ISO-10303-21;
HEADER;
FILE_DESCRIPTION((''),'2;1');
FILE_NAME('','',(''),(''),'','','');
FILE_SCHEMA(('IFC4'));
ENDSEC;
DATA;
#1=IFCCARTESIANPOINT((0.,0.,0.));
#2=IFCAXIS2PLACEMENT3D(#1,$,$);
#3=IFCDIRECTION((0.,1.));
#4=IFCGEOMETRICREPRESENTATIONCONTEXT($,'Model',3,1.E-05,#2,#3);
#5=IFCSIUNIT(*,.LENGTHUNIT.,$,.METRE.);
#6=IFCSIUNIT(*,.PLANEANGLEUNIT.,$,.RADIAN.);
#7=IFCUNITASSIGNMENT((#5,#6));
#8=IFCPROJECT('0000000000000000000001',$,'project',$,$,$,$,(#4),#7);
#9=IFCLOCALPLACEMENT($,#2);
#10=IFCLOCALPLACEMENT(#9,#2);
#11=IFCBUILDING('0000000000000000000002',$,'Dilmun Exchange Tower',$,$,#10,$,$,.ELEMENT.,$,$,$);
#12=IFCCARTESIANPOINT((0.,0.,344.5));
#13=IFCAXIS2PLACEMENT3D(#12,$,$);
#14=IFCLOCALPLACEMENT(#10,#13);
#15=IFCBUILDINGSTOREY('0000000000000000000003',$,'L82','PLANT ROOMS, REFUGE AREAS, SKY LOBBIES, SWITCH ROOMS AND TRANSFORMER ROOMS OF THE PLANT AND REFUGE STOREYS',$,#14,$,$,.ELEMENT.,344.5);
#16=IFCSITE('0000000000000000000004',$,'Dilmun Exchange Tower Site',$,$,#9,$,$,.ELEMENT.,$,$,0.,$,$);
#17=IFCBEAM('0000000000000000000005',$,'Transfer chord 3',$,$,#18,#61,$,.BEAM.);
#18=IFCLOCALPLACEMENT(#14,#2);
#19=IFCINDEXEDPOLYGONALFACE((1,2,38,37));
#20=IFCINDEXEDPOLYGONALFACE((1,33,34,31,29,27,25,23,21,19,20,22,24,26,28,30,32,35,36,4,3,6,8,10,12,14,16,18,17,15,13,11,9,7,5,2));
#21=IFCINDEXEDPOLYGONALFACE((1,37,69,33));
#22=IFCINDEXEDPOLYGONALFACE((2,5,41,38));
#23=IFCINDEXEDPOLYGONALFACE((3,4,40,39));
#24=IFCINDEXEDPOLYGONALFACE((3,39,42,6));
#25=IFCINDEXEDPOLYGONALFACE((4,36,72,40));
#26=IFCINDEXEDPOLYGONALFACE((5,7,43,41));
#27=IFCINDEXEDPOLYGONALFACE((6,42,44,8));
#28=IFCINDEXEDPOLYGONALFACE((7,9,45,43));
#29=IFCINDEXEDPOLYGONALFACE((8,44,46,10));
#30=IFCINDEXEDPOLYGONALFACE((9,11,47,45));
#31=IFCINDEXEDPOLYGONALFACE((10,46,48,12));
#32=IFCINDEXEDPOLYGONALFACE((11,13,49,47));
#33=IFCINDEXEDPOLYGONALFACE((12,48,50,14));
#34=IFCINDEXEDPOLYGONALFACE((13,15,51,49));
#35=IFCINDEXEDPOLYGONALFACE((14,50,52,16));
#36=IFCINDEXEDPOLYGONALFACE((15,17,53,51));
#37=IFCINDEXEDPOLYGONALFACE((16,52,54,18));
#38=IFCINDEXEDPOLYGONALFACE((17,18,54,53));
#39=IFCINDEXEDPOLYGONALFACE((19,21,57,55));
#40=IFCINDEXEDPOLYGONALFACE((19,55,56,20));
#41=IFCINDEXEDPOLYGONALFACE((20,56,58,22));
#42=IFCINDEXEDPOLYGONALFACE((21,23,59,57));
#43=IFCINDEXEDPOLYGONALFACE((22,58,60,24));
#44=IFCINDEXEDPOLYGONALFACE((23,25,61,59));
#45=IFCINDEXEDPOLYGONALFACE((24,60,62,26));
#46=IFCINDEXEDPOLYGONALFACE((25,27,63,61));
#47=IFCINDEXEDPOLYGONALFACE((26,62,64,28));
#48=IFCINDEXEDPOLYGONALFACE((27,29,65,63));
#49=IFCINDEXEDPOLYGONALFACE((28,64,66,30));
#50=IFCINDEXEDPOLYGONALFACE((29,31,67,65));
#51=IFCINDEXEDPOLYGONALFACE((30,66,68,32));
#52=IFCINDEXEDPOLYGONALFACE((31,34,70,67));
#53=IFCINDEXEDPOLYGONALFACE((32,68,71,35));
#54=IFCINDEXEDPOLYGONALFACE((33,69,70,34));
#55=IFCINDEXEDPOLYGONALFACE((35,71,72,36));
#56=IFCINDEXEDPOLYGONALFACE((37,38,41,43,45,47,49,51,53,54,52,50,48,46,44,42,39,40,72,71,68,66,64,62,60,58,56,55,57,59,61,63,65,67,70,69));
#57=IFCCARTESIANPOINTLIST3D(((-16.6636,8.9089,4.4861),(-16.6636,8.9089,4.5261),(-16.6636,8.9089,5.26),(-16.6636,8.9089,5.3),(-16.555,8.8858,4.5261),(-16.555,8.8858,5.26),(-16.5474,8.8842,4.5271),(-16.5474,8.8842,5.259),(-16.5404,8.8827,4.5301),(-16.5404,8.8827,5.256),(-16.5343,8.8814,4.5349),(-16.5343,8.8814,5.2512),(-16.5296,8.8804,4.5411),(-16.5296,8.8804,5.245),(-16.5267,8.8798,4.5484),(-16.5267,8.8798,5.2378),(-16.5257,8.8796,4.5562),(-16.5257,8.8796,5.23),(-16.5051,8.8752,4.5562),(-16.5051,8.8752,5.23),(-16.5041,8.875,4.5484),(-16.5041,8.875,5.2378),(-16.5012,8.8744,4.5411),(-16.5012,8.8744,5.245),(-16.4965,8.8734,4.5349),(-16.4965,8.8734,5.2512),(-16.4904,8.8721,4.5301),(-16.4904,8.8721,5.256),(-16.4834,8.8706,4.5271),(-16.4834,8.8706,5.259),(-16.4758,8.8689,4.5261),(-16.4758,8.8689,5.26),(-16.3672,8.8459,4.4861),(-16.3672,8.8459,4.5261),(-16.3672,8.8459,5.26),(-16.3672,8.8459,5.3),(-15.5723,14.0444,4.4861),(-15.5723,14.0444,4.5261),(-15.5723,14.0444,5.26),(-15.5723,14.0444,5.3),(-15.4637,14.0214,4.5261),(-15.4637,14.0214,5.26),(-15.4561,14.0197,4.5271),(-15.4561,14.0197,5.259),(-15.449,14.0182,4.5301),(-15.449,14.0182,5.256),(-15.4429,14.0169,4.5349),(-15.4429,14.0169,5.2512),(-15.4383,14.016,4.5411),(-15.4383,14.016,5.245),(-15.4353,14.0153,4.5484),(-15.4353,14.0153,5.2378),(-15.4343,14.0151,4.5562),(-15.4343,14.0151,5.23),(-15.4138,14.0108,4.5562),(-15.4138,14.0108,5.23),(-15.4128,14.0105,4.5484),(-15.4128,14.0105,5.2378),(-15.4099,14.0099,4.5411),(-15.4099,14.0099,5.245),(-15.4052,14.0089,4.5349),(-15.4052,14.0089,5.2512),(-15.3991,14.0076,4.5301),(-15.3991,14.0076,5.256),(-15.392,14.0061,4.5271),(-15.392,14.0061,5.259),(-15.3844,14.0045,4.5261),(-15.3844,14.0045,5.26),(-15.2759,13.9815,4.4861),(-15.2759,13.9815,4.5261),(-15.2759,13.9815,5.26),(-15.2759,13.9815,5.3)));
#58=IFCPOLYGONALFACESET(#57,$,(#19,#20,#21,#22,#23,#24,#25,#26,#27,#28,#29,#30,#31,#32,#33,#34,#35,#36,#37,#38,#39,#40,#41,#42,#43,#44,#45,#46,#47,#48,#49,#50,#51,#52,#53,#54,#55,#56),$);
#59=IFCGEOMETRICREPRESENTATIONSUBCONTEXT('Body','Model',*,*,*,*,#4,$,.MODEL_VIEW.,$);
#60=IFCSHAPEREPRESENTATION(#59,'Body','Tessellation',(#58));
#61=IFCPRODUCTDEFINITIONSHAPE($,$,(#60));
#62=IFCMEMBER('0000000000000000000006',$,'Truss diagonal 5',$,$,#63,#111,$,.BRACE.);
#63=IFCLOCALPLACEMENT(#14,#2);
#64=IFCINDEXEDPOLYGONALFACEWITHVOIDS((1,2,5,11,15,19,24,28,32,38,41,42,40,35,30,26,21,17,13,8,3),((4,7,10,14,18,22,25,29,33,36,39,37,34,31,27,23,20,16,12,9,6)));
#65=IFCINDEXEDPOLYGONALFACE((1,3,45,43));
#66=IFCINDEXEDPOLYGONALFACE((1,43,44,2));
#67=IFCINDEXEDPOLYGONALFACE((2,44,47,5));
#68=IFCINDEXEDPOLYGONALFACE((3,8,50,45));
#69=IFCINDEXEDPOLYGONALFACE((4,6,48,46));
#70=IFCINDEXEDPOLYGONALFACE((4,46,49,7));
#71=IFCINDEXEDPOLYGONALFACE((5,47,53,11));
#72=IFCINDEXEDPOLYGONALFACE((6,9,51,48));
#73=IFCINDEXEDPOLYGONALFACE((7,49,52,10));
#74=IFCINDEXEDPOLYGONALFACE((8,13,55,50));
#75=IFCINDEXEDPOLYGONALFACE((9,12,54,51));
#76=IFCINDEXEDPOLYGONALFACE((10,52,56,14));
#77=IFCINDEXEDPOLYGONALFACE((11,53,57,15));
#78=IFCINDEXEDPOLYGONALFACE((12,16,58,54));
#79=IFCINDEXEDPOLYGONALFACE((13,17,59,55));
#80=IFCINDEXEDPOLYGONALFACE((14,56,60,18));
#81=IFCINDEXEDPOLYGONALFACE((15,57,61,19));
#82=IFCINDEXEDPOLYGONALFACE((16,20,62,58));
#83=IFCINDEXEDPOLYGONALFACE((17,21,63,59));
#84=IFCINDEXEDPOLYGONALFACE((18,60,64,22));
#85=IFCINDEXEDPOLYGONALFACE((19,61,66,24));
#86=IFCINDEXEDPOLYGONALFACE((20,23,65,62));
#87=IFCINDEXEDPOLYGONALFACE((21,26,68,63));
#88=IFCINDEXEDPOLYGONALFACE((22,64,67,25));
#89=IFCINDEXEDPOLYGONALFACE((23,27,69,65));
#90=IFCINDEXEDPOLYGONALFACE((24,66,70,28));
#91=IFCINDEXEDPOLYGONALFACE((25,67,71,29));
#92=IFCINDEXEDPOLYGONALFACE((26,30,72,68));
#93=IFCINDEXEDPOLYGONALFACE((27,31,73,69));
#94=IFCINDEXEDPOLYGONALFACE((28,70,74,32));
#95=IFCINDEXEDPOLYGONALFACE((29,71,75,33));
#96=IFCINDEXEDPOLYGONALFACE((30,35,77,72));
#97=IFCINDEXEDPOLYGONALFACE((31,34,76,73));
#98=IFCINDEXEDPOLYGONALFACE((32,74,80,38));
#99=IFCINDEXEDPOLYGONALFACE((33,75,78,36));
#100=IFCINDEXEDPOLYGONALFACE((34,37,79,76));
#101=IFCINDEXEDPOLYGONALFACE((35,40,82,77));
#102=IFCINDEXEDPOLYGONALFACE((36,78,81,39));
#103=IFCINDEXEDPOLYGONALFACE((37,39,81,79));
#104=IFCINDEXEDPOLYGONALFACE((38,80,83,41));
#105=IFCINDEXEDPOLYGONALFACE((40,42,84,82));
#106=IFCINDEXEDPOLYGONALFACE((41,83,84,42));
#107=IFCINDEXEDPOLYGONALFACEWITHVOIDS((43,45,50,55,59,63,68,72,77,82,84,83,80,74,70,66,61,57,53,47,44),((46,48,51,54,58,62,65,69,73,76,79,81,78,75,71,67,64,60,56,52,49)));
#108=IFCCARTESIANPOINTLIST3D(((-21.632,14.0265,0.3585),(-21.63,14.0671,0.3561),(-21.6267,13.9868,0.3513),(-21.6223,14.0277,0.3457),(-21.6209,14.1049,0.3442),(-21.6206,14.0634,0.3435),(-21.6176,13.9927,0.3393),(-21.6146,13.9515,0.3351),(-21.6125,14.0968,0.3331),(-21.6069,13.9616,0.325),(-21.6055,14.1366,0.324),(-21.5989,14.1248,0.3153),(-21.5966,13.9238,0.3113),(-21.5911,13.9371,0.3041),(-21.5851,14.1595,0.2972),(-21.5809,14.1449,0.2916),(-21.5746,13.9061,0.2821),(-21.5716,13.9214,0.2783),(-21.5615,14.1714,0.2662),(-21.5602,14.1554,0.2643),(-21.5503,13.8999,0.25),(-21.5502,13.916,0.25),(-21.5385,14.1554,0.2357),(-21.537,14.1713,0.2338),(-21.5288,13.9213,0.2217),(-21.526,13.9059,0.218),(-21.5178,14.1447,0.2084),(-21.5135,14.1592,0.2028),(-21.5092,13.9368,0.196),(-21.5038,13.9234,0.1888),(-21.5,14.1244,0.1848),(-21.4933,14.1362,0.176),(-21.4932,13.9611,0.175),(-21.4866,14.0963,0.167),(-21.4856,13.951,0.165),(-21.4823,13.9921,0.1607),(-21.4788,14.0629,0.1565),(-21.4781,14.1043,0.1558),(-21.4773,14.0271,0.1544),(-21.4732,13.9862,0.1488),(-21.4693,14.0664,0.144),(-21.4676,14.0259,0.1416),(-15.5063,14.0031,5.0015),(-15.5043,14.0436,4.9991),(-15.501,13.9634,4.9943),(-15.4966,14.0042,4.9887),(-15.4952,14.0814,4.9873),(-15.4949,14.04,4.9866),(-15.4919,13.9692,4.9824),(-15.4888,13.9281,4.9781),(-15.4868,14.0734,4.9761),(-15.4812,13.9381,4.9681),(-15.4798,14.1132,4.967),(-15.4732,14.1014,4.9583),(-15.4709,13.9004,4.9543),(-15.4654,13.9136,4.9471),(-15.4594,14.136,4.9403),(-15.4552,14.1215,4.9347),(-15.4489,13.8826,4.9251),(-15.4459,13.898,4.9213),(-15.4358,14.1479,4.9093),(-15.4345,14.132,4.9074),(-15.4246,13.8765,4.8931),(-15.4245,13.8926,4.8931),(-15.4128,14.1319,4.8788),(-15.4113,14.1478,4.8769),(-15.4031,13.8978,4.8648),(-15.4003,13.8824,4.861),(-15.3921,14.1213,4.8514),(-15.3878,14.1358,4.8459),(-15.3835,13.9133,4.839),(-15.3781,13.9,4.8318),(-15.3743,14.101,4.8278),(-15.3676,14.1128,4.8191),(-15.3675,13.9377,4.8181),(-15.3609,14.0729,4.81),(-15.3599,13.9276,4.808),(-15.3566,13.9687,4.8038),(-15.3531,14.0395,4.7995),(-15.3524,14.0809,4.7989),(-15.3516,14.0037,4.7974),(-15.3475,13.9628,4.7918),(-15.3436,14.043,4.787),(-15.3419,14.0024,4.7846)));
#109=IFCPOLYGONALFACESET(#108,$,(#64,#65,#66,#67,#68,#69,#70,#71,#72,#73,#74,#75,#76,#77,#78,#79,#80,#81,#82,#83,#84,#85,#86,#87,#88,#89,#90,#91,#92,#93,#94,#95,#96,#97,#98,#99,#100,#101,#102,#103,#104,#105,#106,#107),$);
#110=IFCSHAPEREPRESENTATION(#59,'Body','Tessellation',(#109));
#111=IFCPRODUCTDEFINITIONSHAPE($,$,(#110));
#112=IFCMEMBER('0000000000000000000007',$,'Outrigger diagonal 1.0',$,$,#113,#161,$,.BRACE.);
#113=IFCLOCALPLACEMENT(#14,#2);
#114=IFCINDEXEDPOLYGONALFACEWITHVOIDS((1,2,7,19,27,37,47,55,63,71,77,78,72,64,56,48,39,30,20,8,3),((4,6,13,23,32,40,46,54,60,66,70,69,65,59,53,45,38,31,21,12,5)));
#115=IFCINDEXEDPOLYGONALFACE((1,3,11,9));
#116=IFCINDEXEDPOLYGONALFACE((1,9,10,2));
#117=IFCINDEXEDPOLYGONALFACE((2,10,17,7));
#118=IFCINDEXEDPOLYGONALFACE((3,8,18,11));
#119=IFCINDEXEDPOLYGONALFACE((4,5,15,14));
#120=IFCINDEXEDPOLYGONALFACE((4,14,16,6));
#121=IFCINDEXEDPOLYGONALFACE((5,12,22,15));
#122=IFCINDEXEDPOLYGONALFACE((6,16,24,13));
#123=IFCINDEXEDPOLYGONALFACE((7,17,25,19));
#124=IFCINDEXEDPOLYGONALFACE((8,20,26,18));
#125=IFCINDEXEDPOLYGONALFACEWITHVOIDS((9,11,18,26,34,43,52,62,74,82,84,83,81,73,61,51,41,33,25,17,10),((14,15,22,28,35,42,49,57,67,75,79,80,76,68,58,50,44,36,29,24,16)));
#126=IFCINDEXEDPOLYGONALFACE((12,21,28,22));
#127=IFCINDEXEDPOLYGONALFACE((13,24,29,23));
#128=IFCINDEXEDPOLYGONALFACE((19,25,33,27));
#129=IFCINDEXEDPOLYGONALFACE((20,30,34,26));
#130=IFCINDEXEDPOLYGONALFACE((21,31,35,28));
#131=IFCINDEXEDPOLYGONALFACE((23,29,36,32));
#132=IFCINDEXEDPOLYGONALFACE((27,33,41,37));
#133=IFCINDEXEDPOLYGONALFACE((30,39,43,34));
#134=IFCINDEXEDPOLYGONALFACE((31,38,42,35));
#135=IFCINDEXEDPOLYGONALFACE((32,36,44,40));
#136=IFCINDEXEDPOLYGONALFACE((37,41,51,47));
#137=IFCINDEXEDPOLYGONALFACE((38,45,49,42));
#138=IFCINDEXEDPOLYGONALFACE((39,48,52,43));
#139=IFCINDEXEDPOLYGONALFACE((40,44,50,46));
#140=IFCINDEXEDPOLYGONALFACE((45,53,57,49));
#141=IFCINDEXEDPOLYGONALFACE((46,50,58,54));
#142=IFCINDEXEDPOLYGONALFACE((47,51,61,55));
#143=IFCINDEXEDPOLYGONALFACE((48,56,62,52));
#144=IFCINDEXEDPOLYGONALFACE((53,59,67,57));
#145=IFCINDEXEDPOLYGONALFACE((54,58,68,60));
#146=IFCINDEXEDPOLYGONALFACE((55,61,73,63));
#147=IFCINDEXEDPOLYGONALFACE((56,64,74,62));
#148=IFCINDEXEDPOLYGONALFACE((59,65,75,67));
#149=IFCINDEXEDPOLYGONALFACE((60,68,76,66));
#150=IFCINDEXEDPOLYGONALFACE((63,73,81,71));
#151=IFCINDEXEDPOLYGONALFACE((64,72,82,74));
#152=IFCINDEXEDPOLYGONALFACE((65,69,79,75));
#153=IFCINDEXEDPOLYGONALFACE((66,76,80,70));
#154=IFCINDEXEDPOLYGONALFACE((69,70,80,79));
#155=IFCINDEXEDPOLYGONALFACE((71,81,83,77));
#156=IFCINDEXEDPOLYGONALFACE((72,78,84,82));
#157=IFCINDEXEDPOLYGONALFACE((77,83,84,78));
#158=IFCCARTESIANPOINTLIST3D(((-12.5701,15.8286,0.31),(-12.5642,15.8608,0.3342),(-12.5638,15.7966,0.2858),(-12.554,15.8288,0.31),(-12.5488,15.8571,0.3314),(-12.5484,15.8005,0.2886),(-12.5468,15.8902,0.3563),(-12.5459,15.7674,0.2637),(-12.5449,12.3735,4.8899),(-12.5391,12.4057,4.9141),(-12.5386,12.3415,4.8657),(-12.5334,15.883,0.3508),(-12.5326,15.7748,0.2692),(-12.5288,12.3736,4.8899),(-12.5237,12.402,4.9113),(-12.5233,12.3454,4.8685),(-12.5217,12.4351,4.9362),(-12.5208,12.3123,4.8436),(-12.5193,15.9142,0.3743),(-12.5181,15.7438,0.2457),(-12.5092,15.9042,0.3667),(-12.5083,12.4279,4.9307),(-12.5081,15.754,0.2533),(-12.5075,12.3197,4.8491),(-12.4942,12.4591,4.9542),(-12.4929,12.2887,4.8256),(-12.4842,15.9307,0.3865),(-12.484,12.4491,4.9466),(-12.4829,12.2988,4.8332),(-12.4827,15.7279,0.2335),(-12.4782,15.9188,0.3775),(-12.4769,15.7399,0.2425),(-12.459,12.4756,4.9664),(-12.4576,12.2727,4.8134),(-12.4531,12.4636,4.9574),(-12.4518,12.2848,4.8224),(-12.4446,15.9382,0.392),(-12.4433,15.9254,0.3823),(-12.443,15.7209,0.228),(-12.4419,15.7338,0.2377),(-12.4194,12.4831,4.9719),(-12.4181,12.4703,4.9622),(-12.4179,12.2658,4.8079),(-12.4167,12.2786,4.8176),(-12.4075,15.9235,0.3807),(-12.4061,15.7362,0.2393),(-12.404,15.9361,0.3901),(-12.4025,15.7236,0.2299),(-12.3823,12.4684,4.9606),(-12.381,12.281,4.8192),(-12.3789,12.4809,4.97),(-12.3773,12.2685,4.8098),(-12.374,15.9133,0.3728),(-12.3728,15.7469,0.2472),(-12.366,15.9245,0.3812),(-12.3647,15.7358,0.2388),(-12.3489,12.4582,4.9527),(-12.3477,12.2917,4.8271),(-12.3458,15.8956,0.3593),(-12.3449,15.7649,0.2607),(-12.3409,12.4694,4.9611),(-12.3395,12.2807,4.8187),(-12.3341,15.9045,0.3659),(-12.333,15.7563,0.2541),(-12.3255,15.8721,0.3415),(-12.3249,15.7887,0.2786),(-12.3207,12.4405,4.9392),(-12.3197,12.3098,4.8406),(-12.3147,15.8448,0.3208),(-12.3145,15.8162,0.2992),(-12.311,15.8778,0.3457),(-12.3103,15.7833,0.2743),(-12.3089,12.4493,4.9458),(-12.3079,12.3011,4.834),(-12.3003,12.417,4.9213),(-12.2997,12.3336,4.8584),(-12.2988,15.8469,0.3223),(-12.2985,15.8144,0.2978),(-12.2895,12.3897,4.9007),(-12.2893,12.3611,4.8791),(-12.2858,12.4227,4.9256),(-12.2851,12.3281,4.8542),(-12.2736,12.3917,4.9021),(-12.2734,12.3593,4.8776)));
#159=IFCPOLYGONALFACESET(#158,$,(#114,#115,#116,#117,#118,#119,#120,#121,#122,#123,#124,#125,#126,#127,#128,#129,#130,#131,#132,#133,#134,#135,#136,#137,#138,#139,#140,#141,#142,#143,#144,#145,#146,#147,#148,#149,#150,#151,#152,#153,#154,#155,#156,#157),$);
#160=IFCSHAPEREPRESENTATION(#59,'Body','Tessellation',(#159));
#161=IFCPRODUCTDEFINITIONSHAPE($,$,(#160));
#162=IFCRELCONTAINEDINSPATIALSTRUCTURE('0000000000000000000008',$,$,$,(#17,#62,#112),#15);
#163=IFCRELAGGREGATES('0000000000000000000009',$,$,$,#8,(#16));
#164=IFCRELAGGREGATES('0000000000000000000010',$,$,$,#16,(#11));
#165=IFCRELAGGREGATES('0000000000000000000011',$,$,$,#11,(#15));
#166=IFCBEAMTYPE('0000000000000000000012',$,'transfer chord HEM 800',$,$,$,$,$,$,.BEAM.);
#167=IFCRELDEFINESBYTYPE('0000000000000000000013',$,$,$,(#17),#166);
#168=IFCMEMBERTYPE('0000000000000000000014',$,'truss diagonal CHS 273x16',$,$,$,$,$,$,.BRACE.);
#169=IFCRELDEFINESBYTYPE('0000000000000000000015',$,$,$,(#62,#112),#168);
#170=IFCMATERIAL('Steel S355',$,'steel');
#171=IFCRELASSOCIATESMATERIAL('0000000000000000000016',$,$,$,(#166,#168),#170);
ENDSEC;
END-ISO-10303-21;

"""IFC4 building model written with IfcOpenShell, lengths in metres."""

from ifc_helpers import new_model, si_unit, direction, frame, origin, origin_2d, place, context, subcontext, project, spatial, hollow_circle, i_section, extrude, material, material_profile, profile_set, type_object, element, save


model = new_model("IFC4")

# Units and contexts
model_context = context("Model", 3, precision=1e-05, world=origin(), true_north=direction((0.0, 1.0)))
body_context = subcontext(model_context, "Body", "Model", "MODEL_VIEW")
ifc_project = project(units=[si_unit("LENGTHUNIT", "METRE"), si_unit("PLANEANGLEUNIT", "RADIAN")], contexts=[model_context])

# Site, building, storey
site_placement = place(None, origin())
site = spatial("IfcSite", under=ifc_project, at=site_placement, Name="Dilmun Exchange Tower Site", CompositionType="ELEMENT", RefElevation=0.0)
building_placement = place(site_placement, origin())
building = spatial("IfcBuilding", under=site, at=building_placement, Name="Dilmun Exchange Tower", CompositionType="ELEMENT")
storey_placement = place(building_placement, frame((0.0, 0.0, 344.5)))
storey = spatial("IfcBuildingStorey", under=building, at=storey_placement, Name="L82", Description="PLANT ROOMS, REFUGE AREAS, SKY LOBBIES, SWITCH ROOMS AND TRANSFORMER ROOMS OF THE PLANT AND REFUGE STOREYS", CompositionType="ELEMENT", Elevation=344.5)

# Shared definitions
ifc_material_1 = material(Name="Steel S355", Category="steel")

# Beam
ifc_material_profile_1 = material_profile(ifc_material_1, i_section(OverallWidth=0.303, OverallDepth=0.814, WebThickness=0.021, FlangeThickness=0.04, FilletRadius=0.03, at=origin_2d()), Name="HEM 800")
ifc_profile_set_1 = profile_set([ifc_material_profile_1], Name="Steel S355")
beam_type_1 = type_object("IfcBeamType", Name="transfer chord HEM 800", PredefinedType="BEAM", material=ifc_profile_set_1)
beam_1_placement = place(storey_placement, frame((-15.4241, 14.0129, 4.8931), z_axis=(-0.207862, -0.978158, 0.0), x_axis=(0.978158, -0.207862, 0.0)))
element("IfcBeam", 1, at=beam_1_placement, inside=storey, type_object=beam_type_1, Name="Transfer chord 3", PredefinedType="BEAM", context=body_context, shape_type="SweptSolid", body=[
    extrude(i_section(OverallWidth=0.303, OverallDepth=0.814, WebThickness=0.021, FlangeThickness=0.04, FilletRadius=0.03, at=origin_2d()), origin(), (0.0, 0.0, 1.0), 5.2502),
])

# Members
ifc_material_profile_2 = material_profile(ifc_material_1, hollow_circle(Radius=0.1365, WallThickness=0.0161, at=origin_2d()), Name="CHS 273x16")
ifc_profile_set_2 = profile_set([ifc_material_profile_2], Name="Steel S355")
member_type_1 = type_object("IfcMemberType", Name="truss diagonal CHS 273x16", PredefinedType="BRACE", material=ifc_profile_set_2)
member_1_placement = place(storey_placement, frame((-15.4241, 14.0129, 4.8931), z_axis=(-0.796941, 0.003049, -0.60405), x_axis=(-0.003826, -0.999993, 0.0)))
element("IfcMember", 2, at=member_1_placement, inside=storey, type_object=member_type_1, Name="Truss diagonal 5", PredefinedType="BRACE", context=body_context, shape_type="SweptSolid", body=[
    extrude(hollow_circle(Radius=0.1365, WallThickness=0.0161, at=origin_2d()), origin(), (0.0, 0.0, 1.0), 7.6865),
])
member_2_placement = place(storey_placement, frame((-12.4084, 12.3745, 4.8899), z_axis=(-0.004383, 0.602246, -0.798299), x_axis=(-0.999974, -0.007278, 0.0)))
element("IfcMember", 3, at=member_2_placement, inside=storey, type_object=member_type_1, Name="Outrigger diagonal 1.0", PredefinedType="BRACE", context=body_context, shape_type="SweptSolid", body=[
    extrude(hollow_circle(Radius=0.1365, WallThickness=0.0161, at=origin_2d()), origin(), (0.0, 0.0, 1.0), 5.7371),
])

save(model, "model.ifc")
